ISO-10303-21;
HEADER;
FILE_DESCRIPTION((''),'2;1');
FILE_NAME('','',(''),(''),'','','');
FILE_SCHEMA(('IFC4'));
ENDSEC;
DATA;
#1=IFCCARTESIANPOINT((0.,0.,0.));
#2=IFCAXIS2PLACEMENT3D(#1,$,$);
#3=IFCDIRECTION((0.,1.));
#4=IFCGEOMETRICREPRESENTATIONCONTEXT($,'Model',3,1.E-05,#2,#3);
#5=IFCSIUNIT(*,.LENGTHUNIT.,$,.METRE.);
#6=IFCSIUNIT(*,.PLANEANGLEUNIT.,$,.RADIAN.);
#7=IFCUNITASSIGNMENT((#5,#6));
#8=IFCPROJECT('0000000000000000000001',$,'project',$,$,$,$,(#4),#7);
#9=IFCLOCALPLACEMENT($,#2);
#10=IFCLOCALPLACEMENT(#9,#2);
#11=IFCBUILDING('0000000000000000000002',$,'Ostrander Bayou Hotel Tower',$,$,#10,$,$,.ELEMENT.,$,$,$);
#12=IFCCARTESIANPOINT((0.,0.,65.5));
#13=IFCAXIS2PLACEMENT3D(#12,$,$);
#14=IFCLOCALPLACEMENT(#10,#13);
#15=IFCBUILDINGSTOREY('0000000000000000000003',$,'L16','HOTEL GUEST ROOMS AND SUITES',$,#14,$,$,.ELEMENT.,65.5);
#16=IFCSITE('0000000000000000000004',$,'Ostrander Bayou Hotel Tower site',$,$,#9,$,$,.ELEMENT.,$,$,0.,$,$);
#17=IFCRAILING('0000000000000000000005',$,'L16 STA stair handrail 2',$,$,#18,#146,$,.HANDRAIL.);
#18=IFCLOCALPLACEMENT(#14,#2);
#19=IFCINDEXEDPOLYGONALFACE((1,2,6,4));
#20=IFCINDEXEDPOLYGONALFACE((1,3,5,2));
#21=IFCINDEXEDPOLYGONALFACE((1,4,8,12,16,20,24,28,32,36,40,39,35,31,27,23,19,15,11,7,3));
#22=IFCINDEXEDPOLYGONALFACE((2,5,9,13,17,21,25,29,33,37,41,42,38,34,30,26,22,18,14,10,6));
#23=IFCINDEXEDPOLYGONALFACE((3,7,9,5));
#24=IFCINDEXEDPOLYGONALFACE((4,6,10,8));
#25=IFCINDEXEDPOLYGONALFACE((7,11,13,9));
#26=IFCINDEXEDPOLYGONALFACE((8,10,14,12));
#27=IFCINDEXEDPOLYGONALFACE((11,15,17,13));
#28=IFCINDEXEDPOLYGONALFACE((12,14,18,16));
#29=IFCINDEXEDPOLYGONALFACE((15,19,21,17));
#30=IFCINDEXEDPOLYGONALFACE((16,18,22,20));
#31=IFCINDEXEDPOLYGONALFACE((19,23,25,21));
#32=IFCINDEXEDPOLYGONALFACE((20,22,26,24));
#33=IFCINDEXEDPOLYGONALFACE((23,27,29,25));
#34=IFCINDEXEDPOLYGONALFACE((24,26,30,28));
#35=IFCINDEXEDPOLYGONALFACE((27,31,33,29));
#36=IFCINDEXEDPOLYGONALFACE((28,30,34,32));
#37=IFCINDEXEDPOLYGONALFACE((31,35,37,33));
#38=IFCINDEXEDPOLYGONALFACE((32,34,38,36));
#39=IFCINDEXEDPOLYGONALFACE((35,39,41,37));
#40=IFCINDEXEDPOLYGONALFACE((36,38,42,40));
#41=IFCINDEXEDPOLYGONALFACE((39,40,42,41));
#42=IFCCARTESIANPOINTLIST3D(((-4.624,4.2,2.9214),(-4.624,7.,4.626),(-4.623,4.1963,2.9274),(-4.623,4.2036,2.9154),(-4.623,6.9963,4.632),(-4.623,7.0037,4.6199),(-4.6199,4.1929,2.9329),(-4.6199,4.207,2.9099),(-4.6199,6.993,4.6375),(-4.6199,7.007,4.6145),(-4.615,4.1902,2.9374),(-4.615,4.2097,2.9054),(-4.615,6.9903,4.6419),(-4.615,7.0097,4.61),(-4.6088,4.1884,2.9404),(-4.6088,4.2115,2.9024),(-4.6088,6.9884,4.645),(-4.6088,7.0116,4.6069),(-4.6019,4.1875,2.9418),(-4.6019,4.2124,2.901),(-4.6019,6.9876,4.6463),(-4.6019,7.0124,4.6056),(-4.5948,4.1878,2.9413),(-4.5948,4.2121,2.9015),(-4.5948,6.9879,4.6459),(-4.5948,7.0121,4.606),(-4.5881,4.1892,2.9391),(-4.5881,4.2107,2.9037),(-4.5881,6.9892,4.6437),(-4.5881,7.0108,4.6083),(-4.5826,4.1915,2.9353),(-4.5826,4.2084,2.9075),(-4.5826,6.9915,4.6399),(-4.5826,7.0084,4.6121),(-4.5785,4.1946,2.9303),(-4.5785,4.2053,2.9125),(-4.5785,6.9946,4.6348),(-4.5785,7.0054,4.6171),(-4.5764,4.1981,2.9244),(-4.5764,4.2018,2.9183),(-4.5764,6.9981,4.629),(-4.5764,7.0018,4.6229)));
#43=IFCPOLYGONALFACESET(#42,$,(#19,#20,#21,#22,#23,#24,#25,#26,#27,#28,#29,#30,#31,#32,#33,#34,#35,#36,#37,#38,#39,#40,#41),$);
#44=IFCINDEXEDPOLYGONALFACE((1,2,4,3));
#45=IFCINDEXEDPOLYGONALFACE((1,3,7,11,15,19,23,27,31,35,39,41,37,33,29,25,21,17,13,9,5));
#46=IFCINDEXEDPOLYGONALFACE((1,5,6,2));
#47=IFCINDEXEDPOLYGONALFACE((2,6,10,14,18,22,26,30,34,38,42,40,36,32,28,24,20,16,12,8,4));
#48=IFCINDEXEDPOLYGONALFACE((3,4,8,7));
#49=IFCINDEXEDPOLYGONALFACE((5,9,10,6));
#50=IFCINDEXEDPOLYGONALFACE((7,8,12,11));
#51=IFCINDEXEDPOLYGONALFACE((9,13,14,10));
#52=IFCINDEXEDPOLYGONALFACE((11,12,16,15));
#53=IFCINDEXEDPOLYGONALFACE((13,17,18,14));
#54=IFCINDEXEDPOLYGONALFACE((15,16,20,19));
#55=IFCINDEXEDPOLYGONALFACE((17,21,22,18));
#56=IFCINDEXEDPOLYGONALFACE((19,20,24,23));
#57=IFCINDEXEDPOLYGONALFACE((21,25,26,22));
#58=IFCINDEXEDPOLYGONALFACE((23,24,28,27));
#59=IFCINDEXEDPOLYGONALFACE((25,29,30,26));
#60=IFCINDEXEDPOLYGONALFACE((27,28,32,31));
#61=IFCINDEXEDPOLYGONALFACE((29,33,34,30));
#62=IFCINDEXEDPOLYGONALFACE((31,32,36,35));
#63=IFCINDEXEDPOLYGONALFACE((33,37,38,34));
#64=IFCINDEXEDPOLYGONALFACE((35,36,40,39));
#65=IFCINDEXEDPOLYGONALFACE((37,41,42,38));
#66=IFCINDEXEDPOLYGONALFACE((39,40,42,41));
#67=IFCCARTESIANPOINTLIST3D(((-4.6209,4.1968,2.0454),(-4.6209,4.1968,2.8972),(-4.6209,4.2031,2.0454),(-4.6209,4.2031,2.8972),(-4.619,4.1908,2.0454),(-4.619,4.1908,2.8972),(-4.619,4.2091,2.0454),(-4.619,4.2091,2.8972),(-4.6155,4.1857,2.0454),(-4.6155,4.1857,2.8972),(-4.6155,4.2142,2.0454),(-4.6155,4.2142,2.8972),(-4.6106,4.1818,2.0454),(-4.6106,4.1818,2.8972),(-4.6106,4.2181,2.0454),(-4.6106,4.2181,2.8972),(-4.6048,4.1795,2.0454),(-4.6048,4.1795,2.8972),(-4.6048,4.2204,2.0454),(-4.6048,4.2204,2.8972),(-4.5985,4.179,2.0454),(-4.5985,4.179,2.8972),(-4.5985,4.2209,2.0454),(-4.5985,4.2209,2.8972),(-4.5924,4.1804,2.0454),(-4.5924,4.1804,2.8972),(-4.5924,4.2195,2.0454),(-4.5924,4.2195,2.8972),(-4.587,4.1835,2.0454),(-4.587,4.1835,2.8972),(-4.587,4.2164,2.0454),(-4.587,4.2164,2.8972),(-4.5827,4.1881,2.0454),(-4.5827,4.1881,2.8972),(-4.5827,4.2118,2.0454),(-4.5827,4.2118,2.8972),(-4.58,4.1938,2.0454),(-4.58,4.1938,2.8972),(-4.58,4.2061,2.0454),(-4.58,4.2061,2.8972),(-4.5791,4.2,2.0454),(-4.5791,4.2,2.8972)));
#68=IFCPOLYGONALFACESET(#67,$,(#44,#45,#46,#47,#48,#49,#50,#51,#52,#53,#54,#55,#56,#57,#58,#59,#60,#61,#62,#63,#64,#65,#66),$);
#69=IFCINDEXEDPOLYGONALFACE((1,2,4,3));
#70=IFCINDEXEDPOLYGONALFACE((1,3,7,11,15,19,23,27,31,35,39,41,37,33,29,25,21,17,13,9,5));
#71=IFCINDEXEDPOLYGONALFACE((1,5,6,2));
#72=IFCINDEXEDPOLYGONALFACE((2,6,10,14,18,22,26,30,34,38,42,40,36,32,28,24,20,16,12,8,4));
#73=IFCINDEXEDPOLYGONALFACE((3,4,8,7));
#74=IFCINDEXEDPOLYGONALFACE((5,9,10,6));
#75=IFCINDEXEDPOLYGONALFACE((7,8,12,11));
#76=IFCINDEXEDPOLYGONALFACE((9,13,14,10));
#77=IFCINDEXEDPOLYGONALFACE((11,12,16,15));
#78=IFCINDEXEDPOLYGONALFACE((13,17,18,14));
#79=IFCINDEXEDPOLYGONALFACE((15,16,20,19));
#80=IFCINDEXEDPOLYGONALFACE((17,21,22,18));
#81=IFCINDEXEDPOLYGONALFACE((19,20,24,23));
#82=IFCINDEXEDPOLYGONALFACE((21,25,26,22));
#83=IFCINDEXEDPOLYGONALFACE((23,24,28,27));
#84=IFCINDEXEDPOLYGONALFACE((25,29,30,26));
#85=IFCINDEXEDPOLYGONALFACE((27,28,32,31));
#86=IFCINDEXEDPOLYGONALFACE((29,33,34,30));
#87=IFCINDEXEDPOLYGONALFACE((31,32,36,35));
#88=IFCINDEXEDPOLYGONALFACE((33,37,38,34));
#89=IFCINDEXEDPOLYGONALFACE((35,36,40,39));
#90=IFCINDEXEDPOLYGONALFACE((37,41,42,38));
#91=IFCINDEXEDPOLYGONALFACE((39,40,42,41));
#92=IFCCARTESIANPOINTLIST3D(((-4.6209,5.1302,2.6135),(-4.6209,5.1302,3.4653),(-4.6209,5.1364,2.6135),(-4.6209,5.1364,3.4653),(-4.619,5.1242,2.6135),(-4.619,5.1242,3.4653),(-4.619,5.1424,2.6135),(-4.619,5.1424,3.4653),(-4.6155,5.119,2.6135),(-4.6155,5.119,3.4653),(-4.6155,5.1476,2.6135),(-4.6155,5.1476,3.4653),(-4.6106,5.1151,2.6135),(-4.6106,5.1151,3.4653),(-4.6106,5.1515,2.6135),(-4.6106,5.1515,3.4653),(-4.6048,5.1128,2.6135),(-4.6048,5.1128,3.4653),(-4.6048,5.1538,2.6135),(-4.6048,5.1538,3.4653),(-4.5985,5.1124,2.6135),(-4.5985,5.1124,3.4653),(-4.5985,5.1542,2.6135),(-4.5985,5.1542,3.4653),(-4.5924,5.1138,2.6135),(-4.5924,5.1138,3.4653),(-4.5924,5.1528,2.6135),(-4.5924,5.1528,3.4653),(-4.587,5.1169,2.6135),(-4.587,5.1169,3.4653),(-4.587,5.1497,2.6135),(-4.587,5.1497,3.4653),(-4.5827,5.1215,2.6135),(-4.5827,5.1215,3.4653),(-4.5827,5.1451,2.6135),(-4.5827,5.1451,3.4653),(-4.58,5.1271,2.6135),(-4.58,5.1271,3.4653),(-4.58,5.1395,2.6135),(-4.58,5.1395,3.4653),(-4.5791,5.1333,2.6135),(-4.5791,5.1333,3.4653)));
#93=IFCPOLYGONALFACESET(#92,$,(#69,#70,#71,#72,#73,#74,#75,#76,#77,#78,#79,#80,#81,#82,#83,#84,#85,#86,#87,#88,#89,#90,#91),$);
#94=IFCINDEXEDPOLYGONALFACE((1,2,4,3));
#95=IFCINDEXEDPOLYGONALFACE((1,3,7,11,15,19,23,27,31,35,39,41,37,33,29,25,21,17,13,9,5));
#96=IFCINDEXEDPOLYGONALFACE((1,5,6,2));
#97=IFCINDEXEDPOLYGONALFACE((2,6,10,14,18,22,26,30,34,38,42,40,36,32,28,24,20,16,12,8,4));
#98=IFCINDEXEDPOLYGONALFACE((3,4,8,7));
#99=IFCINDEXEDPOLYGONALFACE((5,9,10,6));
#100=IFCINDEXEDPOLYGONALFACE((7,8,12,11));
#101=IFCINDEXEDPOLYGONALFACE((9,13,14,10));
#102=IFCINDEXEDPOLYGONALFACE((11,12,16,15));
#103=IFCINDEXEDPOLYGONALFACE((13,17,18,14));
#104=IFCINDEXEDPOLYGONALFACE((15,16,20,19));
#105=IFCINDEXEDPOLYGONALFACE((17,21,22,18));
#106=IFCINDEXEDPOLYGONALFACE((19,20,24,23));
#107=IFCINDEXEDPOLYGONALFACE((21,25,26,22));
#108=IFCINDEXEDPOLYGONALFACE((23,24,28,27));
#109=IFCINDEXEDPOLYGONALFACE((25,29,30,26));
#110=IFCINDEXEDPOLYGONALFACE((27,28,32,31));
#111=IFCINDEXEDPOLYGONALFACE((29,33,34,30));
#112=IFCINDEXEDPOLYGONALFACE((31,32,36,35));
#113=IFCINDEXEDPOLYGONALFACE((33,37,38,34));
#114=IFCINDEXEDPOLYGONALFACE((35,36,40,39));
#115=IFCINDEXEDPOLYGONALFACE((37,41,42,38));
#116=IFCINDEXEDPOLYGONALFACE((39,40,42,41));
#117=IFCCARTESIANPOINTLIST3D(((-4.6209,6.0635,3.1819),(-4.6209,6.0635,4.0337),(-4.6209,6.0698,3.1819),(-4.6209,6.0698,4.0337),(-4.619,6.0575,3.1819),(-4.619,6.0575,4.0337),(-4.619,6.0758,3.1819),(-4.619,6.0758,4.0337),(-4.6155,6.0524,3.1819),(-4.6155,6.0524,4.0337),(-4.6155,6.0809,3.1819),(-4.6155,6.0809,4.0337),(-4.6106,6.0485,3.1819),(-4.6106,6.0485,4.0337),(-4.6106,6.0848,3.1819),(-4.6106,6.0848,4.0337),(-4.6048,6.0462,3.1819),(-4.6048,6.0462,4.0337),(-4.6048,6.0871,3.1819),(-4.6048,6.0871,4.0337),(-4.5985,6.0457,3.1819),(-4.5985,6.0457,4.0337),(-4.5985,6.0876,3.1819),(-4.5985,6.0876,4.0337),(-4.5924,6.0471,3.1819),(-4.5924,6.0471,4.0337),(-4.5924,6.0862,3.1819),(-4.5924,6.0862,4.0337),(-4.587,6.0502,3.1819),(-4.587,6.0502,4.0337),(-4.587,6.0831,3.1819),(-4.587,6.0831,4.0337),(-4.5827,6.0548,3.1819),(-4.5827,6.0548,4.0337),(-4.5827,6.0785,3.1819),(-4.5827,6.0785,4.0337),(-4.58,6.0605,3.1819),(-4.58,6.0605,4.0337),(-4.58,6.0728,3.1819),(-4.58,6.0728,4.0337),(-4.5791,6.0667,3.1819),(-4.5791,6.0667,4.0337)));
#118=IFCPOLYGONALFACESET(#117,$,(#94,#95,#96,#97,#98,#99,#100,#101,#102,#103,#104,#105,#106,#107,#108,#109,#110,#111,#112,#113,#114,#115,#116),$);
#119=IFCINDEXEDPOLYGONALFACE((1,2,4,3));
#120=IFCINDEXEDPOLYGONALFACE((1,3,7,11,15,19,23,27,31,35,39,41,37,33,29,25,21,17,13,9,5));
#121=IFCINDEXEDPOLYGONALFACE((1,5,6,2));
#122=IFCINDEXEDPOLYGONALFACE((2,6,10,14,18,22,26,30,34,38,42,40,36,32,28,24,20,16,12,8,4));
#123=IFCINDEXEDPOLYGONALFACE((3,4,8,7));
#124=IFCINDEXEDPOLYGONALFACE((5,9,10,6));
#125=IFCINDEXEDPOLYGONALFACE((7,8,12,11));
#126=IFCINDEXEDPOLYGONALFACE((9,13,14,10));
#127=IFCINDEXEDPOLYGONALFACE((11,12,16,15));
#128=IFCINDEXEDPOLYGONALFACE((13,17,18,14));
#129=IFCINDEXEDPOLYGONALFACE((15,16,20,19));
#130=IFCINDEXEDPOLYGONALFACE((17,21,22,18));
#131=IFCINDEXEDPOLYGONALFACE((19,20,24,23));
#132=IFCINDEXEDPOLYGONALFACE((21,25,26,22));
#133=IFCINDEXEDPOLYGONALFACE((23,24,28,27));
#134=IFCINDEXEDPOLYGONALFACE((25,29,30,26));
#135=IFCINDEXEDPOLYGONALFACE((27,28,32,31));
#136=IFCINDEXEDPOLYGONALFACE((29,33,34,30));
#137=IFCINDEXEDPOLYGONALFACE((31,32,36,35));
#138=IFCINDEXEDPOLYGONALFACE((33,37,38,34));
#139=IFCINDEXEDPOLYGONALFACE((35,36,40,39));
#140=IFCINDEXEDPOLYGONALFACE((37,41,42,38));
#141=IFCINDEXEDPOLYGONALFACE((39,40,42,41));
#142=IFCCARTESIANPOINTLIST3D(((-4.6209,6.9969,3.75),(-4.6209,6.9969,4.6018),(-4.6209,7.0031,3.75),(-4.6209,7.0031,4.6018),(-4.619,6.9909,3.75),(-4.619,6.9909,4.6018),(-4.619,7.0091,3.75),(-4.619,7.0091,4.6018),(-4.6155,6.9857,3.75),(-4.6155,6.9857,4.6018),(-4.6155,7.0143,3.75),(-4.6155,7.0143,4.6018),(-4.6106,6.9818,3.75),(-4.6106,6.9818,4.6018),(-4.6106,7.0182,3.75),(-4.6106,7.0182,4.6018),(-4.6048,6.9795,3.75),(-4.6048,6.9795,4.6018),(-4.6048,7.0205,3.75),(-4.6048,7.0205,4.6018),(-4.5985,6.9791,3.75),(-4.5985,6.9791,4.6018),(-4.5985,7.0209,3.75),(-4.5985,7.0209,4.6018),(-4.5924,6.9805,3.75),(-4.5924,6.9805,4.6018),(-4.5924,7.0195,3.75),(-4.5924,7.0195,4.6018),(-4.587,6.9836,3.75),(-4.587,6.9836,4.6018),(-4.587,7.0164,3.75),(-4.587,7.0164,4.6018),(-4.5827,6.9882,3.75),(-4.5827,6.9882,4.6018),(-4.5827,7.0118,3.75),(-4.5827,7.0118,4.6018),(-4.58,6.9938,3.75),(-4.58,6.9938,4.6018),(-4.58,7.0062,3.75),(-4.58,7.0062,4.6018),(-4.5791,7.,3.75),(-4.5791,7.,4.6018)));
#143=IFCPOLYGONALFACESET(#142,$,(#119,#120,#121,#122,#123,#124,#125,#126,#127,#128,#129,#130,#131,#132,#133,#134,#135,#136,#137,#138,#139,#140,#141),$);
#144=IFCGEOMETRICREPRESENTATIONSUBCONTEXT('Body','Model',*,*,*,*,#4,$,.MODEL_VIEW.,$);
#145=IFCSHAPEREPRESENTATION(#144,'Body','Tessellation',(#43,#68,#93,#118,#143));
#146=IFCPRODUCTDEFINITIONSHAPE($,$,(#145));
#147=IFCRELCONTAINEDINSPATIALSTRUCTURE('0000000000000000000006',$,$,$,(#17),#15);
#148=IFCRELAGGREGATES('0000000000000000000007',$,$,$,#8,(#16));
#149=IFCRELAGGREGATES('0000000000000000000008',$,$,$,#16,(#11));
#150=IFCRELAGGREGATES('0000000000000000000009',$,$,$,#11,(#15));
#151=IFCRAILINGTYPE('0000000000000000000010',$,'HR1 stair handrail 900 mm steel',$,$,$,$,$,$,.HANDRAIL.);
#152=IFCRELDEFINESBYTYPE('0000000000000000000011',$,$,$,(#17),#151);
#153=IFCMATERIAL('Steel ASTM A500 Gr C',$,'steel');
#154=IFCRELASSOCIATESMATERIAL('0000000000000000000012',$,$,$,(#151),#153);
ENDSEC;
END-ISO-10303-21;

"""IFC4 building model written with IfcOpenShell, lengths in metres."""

from ifc_helpers import new_model, si_unit, direction, frame, origin, origin_2d, place, context, subcontext, project, spatial, circle, extrude, material, type_object, element, save


model = new_model("IFC4")

# Units and contexts
model_context = context("Model", 3, precision=1e-05, world=origin(), true_north=direction((0.0, 1.0)))
body_context = subcontext(model_context, "Body", "Model", "MODEL_VIEW")
ifc_project = project(units=[si_unit("LENGTHUNIT", "METRE"), si_unit("PLANEANGLEUNIT", "RADIAN")], contexts=[model_context])

# Site, building, storey
site_placement = place(None, origin())
site = spatial("IfcSite", under=ifc_project, at=site_placement, Name="Ostrander Bayou Hotel Tower site", CompositionType="ELEMENT", RefElevation=0.0)
building_placement = place(site_placement, origin())
building = spatial("IfcBuilding", under=site, at=building_placement, Name="Ostrander Bayou Hotel Tower", CompositionType="ELEMENT")
storey_placement = place(building_placement, frame((0.0, 0.0, 65.5)))
storey = spatial("IfcBuildingStorey", under=building, at=storey_placement, Name="L16", Description="HOTEL GUEST ROOMS AND SUITES", CompositionType="ELEMENT", Elevation=65.5)

# Railing
ifc_material_1 = material(Name="Steel ASTM A500 Gr C", Category="steel")
railing_type_1 = type_object("IfcRailingType", Name="HR1 stair handrail 900 mm steel", PredefinedType="HANDRAIL", material=ifc_material_1)
railing_1_placement = place(storey_placement, frame((-4.6001, 4.2, 2.0454)))
element("IfcRailing", 1, at=railing_1_placement, inside=storey, type_object=railing_type_1, Name="L16 STA stair handrail 2", PredefinedType="HANDRAIL", context=body_context, shape_type="SweptSolid", body=[
    extrude(circle(Radius=0.0239, at=origin_2d()), frame((0.0, 0.0, 0.876), z_axis=(0.0, 0.85417, 0.519994), x_axis=(-1.0, 0.0, 0.0)), (0.0, 0.0, 1.0), 3.2781),
    extrude(circle(Radius=0.021, at=origin_2d()), origin(), (0.0, 0.0, 1.0), 0.8518),
    extrude(circle(Radius=0.021, at=origin_2d()), frame((0.0, 0.9333, 0.5681)), (0.0, 0.0, 1.0), 0.8518),
    extrude(circle(Radius=0.021, at=origin_2d()), frame((0.0, 1.8667, 1.1365)), (0.0, 0.0, 1.0), 0.8518),
    extrude(circle(Radius=0.021, at=origin_2d()), frame((0.0, 2.8, 1.7046)), (0.0, 0.0, 1.0), 0.8518),
])

save(model, "model.ifc")
